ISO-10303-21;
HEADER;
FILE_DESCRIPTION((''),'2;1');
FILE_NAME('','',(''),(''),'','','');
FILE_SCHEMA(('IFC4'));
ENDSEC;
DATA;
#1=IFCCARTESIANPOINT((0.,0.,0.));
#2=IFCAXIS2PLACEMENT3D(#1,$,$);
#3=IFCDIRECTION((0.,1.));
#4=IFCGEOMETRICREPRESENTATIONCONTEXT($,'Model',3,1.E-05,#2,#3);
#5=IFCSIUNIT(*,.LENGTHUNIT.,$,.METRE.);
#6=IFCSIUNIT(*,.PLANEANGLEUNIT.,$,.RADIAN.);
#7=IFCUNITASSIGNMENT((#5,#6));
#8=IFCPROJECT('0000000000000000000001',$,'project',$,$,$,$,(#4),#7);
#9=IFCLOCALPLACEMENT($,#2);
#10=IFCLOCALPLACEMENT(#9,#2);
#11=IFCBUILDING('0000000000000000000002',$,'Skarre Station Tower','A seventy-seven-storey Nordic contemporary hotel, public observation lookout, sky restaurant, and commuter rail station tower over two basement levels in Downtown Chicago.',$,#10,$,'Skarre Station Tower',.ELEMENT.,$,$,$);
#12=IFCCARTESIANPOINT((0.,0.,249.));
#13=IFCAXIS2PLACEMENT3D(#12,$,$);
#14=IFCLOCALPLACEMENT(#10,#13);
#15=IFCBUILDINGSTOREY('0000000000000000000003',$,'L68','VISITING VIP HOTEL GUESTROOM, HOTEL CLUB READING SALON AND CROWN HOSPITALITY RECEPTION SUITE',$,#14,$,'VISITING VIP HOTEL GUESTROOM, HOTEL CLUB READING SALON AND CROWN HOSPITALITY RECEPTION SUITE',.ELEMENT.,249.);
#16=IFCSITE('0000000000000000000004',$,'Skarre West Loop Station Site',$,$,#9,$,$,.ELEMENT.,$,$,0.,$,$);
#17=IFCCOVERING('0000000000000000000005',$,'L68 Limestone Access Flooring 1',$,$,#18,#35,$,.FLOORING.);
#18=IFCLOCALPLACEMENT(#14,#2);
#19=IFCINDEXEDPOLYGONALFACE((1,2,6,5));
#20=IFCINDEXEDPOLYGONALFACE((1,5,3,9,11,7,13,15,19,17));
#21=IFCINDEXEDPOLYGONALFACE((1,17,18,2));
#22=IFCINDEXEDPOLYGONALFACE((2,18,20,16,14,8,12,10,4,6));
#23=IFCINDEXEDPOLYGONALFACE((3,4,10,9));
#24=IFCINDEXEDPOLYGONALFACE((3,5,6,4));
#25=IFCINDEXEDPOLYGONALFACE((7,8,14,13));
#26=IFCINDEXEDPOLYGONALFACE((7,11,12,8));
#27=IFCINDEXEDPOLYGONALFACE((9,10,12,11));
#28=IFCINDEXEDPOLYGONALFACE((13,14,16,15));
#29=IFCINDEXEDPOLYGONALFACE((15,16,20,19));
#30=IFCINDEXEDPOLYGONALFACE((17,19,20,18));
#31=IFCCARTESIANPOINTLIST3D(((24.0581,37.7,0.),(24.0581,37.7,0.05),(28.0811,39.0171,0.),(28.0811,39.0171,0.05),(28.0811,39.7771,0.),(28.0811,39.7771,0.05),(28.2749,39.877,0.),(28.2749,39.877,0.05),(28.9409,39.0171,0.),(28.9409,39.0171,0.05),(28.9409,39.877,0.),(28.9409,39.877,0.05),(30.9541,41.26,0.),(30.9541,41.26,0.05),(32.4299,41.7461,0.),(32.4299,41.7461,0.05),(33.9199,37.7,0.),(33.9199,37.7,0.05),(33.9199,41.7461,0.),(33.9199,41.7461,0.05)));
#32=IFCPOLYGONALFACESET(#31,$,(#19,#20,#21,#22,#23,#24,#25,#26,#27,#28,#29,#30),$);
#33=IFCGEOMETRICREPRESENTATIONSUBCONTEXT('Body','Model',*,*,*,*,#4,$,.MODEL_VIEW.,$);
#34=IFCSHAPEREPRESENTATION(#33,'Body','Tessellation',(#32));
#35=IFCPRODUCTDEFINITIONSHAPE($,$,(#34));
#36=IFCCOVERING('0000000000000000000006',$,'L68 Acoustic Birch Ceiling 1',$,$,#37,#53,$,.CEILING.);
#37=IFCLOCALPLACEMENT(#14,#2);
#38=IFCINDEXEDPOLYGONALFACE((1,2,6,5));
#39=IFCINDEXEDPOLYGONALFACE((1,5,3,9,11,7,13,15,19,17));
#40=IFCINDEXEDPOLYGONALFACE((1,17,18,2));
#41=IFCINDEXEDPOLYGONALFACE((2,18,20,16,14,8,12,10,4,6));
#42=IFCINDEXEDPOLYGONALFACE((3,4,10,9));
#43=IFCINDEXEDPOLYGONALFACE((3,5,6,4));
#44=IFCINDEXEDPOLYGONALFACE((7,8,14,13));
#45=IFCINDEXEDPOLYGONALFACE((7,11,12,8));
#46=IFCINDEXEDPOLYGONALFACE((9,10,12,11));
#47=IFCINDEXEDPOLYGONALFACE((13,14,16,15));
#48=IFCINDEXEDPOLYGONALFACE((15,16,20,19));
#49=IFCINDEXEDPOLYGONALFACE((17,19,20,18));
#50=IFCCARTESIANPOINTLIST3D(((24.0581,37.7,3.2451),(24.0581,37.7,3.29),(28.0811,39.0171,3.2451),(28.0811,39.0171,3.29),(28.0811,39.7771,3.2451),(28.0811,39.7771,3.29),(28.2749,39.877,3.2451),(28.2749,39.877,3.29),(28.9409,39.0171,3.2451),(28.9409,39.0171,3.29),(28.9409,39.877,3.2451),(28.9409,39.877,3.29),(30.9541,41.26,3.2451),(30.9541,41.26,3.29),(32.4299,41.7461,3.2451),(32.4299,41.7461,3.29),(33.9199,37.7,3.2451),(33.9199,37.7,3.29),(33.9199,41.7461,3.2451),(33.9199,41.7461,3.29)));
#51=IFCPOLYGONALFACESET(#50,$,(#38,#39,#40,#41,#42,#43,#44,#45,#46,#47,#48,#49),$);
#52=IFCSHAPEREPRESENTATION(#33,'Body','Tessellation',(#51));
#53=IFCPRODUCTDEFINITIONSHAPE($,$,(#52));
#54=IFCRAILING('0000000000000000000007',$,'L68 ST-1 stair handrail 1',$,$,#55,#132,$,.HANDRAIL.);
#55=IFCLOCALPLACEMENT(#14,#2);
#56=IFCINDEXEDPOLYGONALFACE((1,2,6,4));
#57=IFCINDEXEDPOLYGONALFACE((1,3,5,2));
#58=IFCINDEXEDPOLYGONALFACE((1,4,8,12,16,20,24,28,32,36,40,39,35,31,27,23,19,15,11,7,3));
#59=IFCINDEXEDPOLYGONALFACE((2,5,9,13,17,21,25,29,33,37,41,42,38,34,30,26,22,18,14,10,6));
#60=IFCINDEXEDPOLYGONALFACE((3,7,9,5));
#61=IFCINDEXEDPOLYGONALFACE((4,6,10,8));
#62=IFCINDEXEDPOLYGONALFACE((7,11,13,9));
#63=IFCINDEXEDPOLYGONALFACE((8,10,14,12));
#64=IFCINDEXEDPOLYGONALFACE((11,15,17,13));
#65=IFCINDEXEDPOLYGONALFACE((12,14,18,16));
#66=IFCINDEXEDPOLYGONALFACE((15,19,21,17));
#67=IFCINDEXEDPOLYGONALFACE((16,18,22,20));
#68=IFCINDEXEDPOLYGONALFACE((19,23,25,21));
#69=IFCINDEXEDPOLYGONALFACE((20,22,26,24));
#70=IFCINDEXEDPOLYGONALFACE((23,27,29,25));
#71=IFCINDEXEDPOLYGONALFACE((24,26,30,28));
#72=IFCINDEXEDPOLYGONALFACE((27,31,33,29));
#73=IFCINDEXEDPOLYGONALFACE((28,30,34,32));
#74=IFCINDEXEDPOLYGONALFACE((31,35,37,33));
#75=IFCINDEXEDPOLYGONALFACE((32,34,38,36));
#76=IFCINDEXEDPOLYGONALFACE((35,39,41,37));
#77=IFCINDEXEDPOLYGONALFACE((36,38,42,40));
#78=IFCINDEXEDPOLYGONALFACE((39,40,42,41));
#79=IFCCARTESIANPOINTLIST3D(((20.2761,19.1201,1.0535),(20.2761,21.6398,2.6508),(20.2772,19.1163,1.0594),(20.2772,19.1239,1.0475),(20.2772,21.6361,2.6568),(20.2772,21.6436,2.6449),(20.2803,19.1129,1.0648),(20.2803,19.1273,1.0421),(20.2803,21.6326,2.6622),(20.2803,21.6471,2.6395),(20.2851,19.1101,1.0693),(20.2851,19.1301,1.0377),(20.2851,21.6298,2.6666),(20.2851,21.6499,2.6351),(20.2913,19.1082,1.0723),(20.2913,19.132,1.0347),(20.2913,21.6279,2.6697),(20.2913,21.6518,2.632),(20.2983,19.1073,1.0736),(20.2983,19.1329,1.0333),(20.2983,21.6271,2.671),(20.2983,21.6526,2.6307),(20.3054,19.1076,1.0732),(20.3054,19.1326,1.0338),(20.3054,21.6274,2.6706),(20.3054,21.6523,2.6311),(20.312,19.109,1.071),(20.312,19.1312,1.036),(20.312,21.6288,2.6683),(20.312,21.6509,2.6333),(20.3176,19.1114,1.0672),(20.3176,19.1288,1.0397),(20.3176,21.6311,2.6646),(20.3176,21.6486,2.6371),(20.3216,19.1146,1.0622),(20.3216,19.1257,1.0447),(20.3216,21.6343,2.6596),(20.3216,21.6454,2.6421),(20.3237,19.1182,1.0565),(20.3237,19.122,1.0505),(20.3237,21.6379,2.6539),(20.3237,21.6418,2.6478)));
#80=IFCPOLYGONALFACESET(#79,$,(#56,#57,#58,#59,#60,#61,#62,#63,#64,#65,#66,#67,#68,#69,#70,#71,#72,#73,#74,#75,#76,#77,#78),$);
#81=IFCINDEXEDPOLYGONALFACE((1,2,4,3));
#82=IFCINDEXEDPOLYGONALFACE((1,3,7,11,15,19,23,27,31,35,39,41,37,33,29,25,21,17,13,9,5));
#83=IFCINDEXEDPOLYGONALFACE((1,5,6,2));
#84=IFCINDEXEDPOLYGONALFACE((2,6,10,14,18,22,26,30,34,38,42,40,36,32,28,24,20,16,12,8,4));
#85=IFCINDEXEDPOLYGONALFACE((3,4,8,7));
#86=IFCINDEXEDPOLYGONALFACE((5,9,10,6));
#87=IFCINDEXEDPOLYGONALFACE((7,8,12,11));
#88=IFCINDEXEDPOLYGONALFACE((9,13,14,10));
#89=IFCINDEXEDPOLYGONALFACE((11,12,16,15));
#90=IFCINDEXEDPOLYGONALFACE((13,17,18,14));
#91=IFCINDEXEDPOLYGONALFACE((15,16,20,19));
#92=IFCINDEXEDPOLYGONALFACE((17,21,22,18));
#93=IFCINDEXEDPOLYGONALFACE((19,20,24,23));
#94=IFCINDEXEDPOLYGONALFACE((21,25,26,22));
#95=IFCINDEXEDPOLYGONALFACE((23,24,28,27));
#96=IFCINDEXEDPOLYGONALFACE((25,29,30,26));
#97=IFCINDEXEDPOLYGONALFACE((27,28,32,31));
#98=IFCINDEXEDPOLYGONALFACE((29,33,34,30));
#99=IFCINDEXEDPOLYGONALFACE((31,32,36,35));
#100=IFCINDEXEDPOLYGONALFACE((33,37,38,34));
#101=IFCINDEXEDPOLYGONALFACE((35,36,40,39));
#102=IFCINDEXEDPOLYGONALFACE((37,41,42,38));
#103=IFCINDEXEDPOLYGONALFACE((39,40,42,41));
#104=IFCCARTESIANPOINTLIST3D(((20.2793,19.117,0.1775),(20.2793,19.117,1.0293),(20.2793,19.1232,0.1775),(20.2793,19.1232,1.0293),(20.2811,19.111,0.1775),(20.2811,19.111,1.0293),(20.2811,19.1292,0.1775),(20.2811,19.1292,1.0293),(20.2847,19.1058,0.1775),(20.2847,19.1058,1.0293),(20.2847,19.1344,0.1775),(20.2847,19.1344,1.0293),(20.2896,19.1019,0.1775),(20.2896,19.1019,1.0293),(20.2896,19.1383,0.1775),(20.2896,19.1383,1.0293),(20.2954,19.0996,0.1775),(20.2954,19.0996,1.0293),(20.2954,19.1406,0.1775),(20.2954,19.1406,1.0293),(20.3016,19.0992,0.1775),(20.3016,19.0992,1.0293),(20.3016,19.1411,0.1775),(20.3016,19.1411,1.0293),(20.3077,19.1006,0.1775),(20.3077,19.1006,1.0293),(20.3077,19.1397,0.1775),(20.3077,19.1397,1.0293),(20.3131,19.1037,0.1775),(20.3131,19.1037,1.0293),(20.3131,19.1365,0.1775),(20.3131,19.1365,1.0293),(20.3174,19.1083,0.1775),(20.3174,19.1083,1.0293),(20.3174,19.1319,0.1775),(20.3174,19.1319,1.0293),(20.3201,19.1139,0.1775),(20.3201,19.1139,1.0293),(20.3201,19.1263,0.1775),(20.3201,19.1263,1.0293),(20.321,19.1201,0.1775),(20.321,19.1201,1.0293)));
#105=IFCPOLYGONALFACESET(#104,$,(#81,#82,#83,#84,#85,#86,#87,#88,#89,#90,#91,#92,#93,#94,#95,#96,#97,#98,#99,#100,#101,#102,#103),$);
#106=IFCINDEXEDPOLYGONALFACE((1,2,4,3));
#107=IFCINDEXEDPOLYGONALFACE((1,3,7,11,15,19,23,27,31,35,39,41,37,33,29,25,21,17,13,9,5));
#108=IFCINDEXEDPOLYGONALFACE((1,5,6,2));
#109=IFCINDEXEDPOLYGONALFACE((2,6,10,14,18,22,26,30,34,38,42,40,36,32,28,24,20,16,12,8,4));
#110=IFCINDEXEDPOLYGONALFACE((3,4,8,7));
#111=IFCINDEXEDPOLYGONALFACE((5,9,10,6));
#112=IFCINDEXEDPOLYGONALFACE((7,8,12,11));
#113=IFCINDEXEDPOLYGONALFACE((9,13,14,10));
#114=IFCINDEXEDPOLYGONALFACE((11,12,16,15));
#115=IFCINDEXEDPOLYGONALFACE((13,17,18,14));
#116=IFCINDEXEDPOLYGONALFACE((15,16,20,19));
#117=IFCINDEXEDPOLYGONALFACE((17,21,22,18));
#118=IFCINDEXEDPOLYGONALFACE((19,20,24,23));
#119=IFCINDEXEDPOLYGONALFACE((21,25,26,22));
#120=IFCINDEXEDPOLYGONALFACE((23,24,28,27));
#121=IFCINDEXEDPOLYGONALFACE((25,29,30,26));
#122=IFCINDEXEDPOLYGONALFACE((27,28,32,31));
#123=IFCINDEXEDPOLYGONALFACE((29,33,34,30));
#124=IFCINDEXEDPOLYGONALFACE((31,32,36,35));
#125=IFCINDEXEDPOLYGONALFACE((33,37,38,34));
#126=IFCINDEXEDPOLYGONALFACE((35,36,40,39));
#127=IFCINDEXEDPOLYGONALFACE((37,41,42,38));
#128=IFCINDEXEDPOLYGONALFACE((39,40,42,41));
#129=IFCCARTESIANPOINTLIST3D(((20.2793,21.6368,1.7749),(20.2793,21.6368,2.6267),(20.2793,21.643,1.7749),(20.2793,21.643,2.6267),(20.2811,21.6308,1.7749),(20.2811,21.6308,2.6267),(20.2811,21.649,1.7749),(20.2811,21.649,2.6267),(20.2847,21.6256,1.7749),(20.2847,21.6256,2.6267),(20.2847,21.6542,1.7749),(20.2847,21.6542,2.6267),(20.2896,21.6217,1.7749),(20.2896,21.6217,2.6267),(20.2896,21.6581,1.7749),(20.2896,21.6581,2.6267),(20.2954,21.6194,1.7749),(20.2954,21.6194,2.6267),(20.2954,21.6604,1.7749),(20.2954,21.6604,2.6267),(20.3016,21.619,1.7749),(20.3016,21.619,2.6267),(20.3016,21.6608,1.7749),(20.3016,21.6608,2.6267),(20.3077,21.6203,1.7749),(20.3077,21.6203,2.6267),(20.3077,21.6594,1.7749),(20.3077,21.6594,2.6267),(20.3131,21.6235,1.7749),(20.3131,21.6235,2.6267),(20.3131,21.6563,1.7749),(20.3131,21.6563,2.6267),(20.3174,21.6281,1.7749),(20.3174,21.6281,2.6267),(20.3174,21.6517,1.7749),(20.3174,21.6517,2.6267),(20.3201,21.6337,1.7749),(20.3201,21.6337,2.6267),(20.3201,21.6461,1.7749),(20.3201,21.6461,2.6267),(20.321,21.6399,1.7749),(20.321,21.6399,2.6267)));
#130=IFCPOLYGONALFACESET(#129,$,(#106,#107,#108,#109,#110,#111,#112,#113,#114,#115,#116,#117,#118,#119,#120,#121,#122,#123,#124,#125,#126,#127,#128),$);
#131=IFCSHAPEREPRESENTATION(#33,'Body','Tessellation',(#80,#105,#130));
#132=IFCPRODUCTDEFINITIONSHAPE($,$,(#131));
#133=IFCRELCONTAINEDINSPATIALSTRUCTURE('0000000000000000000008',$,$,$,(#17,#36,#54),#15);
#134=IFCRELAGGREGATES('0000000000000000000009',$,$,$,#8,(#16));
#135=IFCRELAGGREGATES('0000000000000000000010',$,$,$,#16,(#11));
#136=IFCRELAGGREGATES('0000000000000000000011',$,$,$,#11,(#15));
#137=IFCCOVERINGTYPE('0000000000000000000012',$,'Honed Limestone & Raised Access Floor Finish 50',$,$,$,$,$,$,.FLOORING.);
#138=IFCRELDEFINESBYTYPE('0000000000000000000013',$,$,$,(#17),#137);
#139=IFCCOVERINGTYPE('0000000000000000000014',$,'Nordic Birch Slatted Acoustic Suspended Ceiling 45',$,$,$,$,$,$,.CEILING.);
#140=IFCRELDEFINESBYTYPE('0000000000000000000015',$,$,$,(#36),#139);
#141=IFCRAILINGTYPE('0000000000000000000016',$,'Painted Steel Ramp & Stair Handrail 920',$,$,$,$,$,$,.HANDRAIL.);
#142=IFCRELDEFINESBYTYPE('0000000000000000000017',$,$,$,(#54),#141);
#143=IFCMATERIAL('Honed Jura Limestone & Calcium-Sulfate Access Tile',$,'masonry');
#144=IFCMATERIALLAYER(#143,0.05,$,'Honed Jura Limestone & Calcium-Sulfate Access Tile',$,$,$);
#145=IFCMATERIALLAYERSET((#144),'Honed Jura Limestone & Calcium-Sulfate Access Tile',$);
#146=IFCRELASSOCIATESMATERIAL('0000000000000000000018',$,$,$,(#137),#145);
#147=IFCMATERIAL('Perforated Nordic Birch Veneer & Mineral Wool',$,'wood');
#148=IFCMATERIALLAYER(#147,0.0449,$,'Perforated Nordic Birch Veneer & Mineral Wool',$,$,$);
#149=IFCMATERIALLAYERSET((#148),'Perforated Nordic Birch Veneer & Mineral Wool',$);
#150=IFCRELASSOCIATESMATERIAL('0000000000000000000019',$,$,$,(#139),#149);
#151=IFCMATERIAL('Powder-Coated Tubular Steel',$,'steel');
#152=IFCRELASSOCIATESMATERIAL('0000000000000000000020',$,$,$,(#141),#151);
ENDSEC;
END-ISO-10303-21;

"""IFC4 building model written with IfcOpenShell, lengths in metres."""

from ifc_helpers import new_model, si_unit, direction, frame, origin, origin_2d, place, context, subcontext, project, spatial, polyline, circle, outline, extrude, material, layer, layer_set, type_object, element, save


model = new_model("IFC4")

# Units and contexts
model_context = context("Model", 3, precision=1e-05, world=origin(), true_north=direction((0.0, 1.0)))
body_context = subcontext(model_context, "Body", "Model", "MODEL_VIEW")
ifc_project = project(units=[si_unit("LENGTHUNIT", "METRE"), si_unit("PLANEANGLEUNIT", "RADIAN")], contexts=[model_context])

# Site, building, storey
site_placement = place(None, origin())
site = spatial("IfcSite", under=ifc_project, at=site_placement, Name="Skarre West Loop Station Site", CompositionType="ELEMENT", RefElevation=0.0)
building_placement = place(site_placement, origin())
building = spatial("IfcBuilding", under=site, at=building_placement, Name="Skarre Station Tower", Description="A seventy-seven-storey Nordic contemporary hotel, public observation lookout, sky restaurant, and commuter rail station tower over two basement levels in Downtown Chicago.", LongName="Skarre Station Tower", CompositionType="ELEMENT")
storey_placement = place(building_placement, frame((0.0, 0.0, 249.0)))
storey = spatial("IfcBuildingStorey", under=building, at=storey_placement, Name="L68", Description="VISITING VIP HOTEL GUESTROOM, HOTEL CLUB READING SALON AND CROWN HOSPITALITY RECEPTION SUITE", LongName="VISITING VIP HOTEL GUESTROOM, HOTEL CLUB READING SALON AND CROWN HOSPITALITY RECEPTION SUITE", CompositionType="ELEMENT", Elevation=249.0)

# Coverings
ifc_material_1 = material(Name="Honed Jura Limestone & Calcium-Sulfate Access Tile", Category="masonry")
ifc_layer_1 = layer(ifc_material_1, 0.05, Name="Honed Jura Limestone & Calcium-Sulfate Access Tile")
ifc_layer_set_1 = layer_set([ifc_layer_1], Name="Honed Jura Limestone & Calcium-Sulfate Access Tile")
covering_type_1 = type_object("IfcCoveringType", Name="Honed Limestone & Raised Access Floor Finish 50", PredefinedType="FLOORING", material=ifc_layer_set_1)
covering_1_placement = place(storey_placement, origin())
element("IfcCovering", 1, at=covering_1_placement, inside=storey, type_object=covering_type_1, Name="L68 Limestone Access Flooring 1", PredefinedType="FLOORING", context=body_context, shape_type="SweptSolid", body=[
    extrude(outline(polyline([(33.9199, 41.7461), (32.4299, 41.7461), (30.9541, 41.26), (28.2749, 39.877), (28.9409, 39.877), (28.9409, 39.0171), (28.0811, 39.0171), (28.0811, 39.7771), (24.0581, 37.7), (33.9199, 37.7), (33.9199, 41.7461)])), origin(), (0.0, 0.0, 1.0), 0.05),
])
ifc_material_2 = material(Name="Perforated Nordic Birch Veneer & Mineral Wool", Category="wood")
ifc_layer_2 = layer(ifc_material_2, 0.0449, Name="Perforated Nordic Birch Veneer & Mineral Wool")
ifc_layer_set_2 = layer_set([ifc_layer_2], Name="Perforated Nordic Birch Veneer & Mineral Wool")
covering_type_2 = type_object("IfcCoveringType", Name="Nordic Birch Slatted Acoustic Suspended Ceiling 45", PredefinedType="CEILING", material=ifc_layer_set_2)
covering_2_placement = place(storey_placement, frame((0.0, 0.0, 3.2451)))
element("IfcCovering", 2, at=covering_2_placement, inside=storey, type_object=covering_type_2, Name="L68 Acoustic Birch Ceiling 1", PredefinedType="CEILING", context=body_context, shape_type="SweptSolid", body=[
    extrude(outline(polyline([(33.9199, 41.7461), (32.4299, 41.7461), (30.9541, 41.26), (28.2749, 39.877), (28.9409, 39.877), (28.9409, 39.0171), (28.0811, 39.0171), (28.0811, 39.7771), (24.0581, 37.7), (33.9199, 37.7), (33.9199, 41.7461)])), origin(), (0.0, 0.0, 1.0), 0.0449),
])

# Railing
ifc_material_3 = material(Name="Powder-Coated Tubular Steel", Category="steel")
railing_type_1 = type_object("IfcRailingType", Name="Painted Steel Ramp & Stair Handrail 920", PredefinedType="HANDRAIL", material=ifc_material_3)
railing_1_placement = place(storey_placement, frame((20.3, 19.1201, 0.1775)))
element("IfcRailing", 3, at=railing_1_placement, inside=storey, type_object=railing_type_1, Name="L68 ST-1 stair handrail 1", PredefinedType="HANDRAIL", context=body_context, shape_type="SweptSolid", body=[
    extrude(circle(Radius=0.0239, at=origin_2d()), frame((0.0, 0.0, 0.876), z_axis=(0.0, 0.844583, 0.535424), x_axis=(-1.0, 0.0, 0.0)), (0.0, 0.0, 1.0), 2.9834),
    extrude(circle(Radius=0.021, at=origin_2d()), origin(), (0.0, 0.0, 1.0), 0.8518),
    extrude(circle(Radius=0.021, at=origin_2d()), frame((0.0, 2.5198, 1.5974)), (0.0, 0.0, 1.0), 0.8518),
])

save(model, "model.ifc")
